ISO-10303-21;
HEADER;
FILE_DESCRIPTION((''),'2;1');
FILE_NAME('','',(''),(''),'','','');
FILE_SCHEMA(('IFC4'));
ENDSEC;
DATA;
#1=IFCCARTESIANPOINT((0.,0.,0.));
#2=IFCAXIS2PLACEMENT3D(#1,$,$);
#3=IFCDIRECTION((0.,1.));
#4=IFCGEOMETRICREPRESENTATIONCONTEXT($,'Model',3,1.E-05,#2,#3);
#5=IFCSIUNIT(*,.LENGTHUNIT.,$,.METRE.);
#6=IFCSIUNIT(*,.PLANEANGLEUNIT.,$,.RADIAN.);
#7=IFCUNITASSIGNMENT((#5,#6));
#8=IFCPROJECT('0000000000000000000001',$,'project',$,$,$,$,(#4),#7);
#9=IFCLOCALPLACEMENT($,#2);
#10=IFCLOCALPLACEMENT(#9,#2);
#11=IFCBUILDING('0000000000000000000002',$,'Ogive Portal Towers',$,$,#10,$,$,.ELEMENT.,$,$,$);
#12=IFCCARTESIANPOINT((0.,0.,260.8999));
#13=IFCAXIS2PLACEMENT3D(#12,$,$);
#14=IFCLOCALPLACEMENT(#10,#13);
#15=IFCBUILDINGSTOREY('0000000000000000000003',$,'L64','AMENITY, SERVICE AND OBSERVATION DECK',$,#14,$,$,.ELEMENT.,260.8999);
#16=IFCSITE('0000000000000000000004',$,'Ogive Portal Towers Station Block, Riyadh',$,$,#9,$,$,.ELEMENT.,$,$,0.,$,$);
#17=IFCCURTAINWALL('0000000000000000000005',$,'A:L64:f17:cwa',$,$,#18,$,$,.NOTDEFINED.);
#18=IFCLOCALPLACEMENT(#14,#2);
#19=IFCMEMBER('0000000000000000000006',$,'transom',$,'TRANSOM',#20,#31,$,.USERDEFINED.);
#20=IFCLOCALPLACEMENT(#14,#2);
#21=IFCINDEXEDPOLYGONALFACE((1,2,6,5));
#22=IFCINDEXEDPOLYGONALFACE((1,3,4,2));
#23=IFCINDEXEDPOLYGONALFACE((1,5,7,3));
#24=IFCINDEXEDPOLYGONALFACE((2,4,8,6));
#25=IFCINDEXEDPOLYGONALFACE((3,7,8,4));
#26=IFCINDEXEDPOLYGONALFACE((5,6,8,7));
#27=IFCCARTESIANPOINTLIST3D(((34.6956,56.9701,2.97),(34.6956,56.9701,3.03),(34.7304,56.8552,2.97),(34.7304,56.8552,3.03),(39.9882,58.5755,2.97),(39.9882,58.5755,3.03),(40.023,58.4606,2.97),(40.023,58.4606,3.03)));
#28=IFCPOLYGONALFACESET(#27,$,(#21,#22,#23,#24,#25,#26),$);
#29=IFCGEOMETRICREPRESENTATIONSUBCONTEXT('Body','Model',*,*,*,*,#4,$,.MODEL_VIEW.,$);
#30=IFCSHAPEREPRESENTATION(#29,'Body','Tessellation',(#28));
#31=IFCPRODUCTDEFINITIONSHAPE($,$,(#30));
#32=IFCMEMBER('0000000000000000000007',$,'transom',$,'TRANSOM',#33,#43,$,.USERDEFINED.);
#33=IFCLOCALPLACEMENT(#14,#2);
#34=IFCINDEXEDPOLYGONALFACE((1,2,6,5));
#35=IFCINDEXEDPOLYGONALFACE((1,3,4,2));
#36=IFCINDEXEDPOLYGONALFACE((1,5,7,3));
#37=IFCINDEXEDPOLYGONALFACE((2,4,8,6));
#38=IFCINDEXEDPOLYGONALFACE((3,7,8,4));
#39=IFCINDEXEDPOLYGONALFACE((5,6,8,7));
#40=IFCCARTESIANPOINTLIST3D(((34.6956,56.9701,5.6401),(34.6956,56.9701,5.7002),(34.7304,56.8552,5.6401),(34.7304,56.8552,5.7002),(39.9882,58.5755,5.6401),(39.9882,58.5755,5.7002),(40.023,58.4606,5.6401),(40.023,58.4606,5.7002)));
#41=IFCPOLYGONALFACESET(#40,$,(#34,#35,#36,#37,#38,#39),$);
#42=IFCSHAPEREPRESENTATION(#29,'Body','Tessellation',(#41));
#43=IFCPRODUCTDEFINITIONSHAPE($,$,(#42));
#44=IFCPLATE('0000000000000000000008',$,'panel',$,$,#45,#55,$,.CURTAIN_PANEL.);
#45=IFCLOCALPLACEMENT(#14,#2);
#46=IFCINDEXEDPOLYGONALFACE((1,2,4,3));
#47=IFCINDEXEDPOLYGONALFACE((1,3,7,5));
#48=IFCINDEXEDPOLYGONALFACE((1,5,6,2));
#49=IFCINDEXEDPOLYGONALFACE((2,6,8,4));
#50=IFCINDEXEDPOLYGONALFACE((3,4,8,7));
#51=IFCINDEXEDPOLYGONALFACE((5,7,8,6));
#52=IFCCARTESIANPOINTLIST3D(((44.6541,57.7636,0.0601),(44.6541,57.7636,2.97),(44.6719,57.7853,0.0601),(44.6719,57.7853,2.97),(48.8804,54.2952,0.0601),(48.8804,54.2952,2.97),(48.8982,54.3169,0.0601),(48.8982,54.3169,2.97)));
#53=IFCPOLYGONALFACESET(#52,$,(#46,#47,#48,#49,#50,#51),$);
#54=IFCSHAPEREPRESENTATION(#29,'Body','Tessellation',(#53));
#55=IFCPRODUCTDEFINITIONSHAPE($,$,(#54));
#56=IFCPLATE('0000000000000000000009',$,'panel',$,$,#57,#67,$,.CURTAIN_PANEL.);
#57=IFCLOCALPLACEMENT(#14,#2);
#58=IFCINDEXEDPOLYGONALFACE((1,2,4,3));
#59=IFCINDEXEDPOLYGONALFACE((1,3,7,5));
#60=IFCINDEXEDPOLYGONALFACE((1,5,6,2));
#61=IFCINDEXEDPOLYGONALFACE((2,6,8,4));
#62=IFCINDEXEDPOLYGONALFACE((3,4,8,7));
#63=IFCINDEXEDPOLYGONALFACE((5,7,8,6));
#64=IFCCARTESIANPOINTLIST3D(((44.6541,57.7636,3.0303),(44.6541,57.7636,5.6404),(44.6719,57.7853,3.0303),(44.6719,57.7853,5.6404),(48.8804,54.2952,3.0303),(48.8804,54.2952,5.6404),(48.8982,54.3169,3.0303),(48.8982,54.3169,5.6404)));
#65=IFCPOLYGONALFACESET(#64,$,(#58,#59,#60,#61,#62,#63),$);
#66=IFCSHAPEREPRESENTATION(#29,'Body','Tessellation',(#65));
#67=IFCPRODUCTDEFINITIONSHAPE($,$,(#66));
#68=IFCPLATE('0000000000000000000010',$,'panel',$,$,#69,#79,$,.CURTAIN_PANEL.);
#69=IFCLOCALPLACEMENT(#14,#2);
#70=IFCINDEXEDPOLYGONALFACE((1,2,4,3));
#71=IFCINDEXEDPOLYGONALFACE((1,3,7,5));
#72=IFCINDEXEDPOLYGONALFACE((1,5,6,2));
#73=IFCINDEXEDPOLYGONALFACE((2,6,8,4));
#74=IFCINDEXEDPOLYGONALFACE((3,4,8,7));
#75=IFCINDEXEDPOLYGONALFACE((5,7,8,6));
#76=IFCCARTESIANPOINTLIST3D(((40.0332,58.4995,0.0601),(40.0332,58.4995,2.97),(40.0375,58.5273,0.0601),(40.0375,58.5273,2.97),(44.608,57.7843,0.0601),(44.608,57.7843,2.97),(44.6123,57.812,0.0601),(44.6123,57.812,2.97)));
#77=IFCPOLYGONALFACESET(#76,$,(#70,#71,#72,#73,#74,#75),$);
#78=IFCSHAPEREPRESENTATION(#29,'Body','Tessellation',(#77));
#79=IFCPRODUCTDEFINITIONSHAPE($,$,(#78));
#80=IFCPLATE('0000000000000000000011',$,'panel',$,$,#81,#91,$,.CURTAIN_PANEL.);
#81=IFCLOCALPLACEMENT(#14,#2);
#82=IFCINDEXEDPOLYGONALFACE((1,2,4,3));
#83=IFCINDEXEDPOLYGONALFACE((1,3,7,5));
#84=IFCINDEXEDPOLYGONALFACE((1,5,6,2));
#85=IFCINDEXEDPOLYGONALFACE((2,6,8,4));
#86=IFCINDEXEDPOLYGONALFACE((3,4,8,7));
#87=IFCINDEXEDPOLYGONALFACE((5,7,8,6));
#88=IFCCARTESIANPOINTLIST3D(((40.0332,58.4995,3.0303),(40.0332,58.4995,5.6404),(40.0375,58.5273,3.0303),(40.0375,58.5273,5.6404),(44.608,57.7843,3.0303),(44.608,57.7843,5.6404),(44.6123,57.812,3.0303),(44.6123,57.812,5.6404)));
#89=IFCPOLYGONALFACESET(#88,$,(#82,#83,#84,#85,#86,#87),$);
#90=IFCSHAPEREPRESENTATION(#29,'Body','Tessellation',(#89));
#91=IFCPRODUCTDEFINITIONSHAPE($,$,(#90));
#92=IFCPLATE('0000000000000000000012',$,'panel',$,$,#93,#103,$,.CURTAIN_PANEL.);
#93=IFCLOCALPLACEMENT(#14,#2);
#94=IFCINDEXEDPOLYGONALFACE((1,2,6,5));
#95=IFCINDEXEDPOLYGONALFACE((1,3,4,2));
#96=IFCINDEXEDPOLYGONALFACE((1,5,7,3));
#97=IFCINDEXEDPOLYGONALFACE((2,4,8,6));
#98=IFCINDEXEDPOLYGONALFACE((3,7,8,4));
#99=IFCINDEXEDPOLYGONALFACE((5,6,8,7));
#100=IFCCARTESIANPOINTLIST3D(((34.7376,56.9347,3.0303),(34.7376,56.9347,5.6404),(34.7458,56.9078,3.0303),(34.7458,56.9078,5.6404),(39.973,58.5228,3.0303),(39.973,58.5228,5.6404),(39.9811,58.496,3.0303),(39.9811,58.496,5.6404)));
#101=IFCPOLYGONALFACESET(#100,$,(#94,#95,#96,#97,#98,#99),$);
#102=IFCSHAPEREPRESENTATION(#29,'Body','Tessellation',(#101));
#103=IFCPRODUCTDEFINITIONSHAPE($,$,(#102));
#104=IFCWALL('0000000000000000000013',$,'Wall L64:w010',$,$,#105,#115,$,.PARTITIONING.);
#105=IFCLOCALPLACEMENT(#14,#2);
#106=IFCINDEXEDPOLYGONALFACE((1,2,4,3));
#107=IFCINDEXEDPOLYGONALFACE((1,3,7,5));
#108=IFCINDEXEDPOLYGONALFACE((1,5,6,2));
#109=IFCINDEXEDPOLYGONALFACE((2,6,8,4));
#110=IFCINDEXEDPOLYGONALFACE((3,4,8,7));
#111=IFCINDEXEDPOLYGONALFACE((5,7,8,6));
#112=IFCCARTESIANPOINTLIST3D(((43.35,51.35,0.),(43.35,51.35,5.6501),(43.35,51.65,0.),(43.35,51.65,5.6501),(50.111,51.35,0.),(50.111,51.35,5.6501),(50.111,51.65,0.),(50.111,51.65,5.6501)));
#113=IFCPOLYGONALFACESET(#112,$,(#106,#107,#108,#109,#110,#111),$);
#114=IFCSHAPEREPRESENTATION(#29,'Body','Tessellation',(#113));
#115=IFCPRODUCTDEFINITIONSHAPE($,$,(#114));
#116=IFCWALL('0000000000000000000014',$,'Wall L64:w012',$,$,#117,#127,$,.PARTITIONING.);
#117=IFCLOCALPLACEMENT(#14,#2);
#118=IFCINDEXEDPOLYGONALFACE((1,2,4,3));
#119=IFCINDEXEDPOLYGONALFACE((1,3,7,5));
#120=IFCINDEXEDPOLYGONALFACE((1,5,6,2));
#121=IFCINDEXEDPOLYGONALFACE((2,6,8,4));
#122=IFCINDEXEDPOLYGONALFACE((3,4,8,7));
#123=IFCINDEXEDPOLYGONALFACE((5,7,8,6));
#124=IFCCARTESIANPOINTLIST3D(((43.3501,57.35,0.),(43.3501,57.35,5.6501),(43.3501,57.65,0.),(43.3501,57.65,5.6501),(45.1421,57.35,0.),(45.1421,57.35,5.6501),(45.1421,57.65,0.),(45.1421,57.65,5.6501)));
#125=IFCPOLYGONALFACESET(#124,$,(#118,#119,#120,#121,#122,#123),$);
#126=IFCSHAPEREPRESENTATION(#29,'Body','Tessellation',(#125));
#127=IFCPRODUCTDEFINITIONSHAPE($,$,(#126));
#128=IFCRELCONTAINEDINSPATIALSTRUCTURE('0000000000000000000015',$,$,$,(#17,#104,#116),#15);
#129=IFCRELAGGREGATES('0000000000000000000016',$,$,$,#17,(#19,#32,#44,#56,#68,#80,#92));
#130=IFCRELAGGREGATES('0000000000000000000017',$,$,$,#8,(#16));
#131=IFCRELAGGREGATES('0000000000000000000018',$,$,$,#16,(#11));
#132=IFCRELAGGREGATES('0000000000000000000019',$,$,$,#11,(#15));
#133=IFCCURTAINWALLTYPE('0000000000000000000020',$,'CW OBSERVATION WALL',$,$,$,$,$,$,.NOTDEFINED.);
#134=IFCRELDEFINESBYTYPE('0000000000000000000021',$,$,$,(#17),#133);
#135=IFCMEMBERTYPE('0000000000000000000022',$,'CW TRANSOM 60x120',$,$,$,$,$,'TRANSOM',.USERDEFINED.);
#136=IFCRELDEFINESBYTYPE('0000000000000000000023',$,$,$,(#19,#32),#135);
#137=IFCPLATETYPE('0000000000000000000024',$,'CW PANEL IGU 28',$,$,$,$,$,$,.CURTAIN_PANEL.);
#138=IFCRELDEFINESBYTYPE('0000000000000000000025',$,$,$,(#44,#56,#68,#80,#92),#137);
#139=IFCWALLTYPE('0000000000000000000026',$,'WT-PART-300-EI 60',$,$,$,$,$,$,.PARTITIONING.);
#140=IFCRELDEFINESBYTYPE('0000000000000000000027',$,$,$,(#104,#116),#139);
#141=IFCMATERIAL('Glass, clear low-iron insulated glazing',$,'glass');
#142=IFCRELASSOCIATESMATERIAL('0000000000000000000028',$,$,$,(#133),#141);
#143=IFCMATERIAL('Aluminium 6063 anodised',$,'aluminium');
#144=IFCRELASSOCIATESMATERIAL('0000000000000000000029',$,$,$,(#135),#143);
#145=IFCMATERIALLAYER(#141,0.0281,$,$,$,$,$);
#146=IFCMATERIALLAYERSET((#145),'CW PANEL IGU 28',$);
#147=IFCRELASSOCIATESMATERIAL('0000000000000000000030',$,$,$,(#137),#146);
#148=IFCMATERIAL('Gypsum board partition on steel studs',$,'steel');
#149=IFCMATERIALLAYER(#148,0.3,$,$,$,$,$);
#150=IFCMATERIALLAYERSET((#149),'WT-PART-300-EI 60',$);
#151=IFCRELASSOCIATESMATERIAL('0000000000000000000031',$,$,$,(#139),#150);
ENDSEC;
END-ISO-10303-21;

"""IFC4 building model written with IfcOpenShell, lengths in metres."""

from ifc_helpers import new_model, si_unit, direction, frame, frame_2d, origin, origin_2d, place, context, subcontext, project, spatial, rectangle, extrude, material, layer, layer_set, material_profile, profile_set, type_object, element, aggregate, save


model = new_model("IFC4")

# Units and contexts
model_context = context("Model", 3, precision=1e-05, world=origin(), true_north=direction((0.0, 1.0)))
body_context = subcontext(model_context, "Body", "Model", "MODEL_VIEW")
ifc_project = project(units=[si_unit("LENGTHUNIT", "METRE"), si_unit("PLANEANGLEUNIT", "RADIAN")], contexts=[model_context])

# Site, building, storey
site_placement = place(None, origin())
site = spatial("IfcSite", under=ifc_project, at=site_placement, Name="Ogive Portal Towers Station Block, Riyadh", CompositionType="ELEMENT", RefElevation=0.0)
building_placement = place(site_placement, origin())
building = spatial("IfcBuilding", under=site, at=building_placement, Name="Ogive Portal Towers", CompositionType="ELEMENT")
storey_placement = place(building_placement, frame((0.0, 0.0, 260.8999)))
storey = spatial("IfcBuildingStorey", under=building, at=storey_placement, Name="L64", Description="AMENITY, SERVICE AND OBSERVATION DECK", CompositionType="ELEMENT", Elevation=260.8999)

# Curtain wall, members, plates
ifc_material_1 = material(Name="Glass, clear low-iron insulated glazing", Category="glass")
curtain_wall_type = type_object("IfcCurtainWallType", Name="CW OBSERVATION WALL", PredefinedType="NOTDEFINED", material=ifc_material_1)
curtain_wall_placement = place(storey_placement, origin())
curtain_wall = element("IfcCurtainWall", 1, at=curtain_wall_placement, inside=storey, type_object=curtain_wall_type, Name="A:L64:f17:cwa", PredefinedType="NOTDEFINED")
ifc_material_2 = material(Name="Aluminium 6063 anodised", Category="aluminium")
ifc_material_profile_1 = material_profile(ifc_material_2, rectangle(XDim=0.1201, YDim=0.0601, at=origin_2d()), Name="AL 120x60")
ifc_profile_set_1 = profile_set([ifc_material_profile_1], Name="Aluminium 6063 anodised")
member_type_1 = type_object("IfcMemberType", Name="CW TRANSOM 60x120", ElementType="TRANSOM", PredefinedType="USERDEFINED", material=ifc_profile_set_1)
member_1_placement = place(storey_placement, frame((40.0056, 58.5181, 3.0), z_axis=(-0.956943, -0.290274, 0.0), x_axis=(0.290274, -0.956943, 0.0)))
member_1 = element("IfcMember", 2, at=member_1_placement, type_object=member_type_1, Name="transom", ObjectType="TRANSOM", PredefinedType="USERDEFINED", context=body_context, shape_type="SweptSolid", body=[
    extrude(rectangle(XDim=0.1201, YDim=0.0601, at=origin_2d()), origin(), (0.0, 0.0, 1.0), 5.5308),
])
member_2_placement = place(storey_placement, frame((40.0056, 58.5181, 5.6702), z_axis=(-0.956943, -0.290274, 0.0), x_axis=(0.290274, -0.956943, 0.0)))
member_2 = element("IfcMember", 3, at=member_2_placement, type_object=member_type_1, Name="transom", ObjectType="TRANSOM", PredefinedType="USERDEFINED", context=body_context, shape_type="SweptSolid", body=[
    extrude(rectangle(XDim=0.1201, YDim=0.0601, at=origin_2d()), origin(), (0.0, 0.0, 1.0), 5.5308),
])
ifc_layer_1 = layer(ifc_material_1, 0.0281)
ifc_layer_set_1 = layer_set([ifc_layer_1], Name="CW PANEL IGU 28")
plate_type = type_object("IfcPlateType", Name="CW PANEL IGU 28", PredefinedType="CURTAIN_PANEL", material=ifc_layer_set_1)
plate_1_placement = place(storey_placement, frame((46.7761, 56.0403, 0.0601), z_axis=(0.0, 0.0, 1.0), x_axis=(-0.77301, 0.634393, 0.0)))
plate_1 = element("IfcPlate", 4, at=plate_1_placement, type_object=plate_type, Name="panel", PredefinedType="CURTAIN_PANEL", context=body_context, shape_type="SweptSolid", body=[
    extrude(rectangle(XDim=5.4673, YDim=0.0281, at=origin_2d()), origin(), (0.0, 0.0, 1.0), 2.9099),
])
plate_2_placement = place(storey_placement, frame((46.7761, 56.0403, 3.0303), z_axis=(0.0, 0.0, 1.0), x_axis=(-0.77301, 0.634393, 0.0)))
plate_2 = element("IfcPlate", 5, at=plate_2_placement, type_object=plate_type, Name="panel", PredefinedType="CURTAIN_PANEL", context=body_context, shape_type="SweptSolid", body=[
    extrude(rectangle(XDim=5.4673, YDim=0.0281, at=origin_2d()), origin(), (0.0, 0.0, 1.0), 2.6101),
])
plate_3_placement = place(storey_placement, frame((42.3228, 58.1558, 0.0601), z_axis=(0.0, 0.0, 1.0), x_axis=(-0.987997, 0.154476, 0.0)))
plate_3 = element("IfcPlate", 6, at=plate_3_placement, type_object=plate_type, Name="panel", PredefinedType="CURTAIN_PANEL", context=body_context, shape_type="SweptSolid", body=[
    extrude(rectangle(XDim=4.6304, YDim=0.0281, at=origin_2d()), origin(), (0.0, 0.0, 1.0), 2.9099),
])
plate_4_placement = place(storey_placement, frame((42.3228, 58.1558, 3.0303), z_axis=(0.0, 0.0, 1.0), x_axis=(-0.987997, 0.154476, 0.0)))
plate_4 = element("IfcPlate", 7, at=plate_4_placement, type_object=plate_type, Name="panel", PredefinedType="CURTAIN_PANEL", context=body_context, shape_type="SweptSolid", body=[
    extrude(rectangle(XDim=4.6304, YDim=0.0281, at=origin_2d()), origin(), (0.0, 0.0, 1.0), 2.6101),
])
plate_5_placement = place(storey_placement, frame((37.3594, 57.7153, 3.0303), z_axis=(0.0, 0.0, 1.0), x_axis=(-0.95694, -0.290285, 0.0)))
plate_5 = element("IfcPlate", 8, at=plate_5_placement, type_object=plate_type, Name="panel", PredefinedType="CURTAIN_PANEL", context=body_context, shape_type="SweptSolid", body=[
    extrude(rectangle(XDim=5.4709, YDim=0.0281, at=origin_2d()), origin(), (0.0, 0.0, 1.0), 2.6101),
])
aggregate(curtain_wall, [member_1, member_2, plate_1, plate_2, plate_3, plate_4, plate_5])

# Walls
ifc_material_3 = material(Name="Gypsum board partition on steel studs", Category="steel")
ifc_layer_2 = layer(ifc_material_3, 0.3)
ifc_layer_set_2 = layer_set([ifc_layer_2], Name="WT-PART-300-EI 60")
wall_type = type_object("IfcWallType", Name="WT-PART-300-EI 60", PredefinedType="PARTITIONING", material=ifc_layer_set_2)
wall_1_placement = place(storey_placement, frame((43.3501, 51.5, 0.0), z_axis=(0.0, 0.0, 1.0), x_axis=(1.0, 0.0, 0.0)))
element("IfcWall", 9, at=wall_1_placement, inside=storey, type_object=wall_type, Name="Wall L64:w010", PredefinedType="PARTITIONING", context=body_context, shape_type="SweptSolid", body=[
    extrude(rectangle(XDim=6.761, YDim=0.3, at=frame_2d((3.3804, 0.0))), origin(), (0.0, 0.0, 1.0), 5.6501),
])
wall_2_placement = place(storey_placement, frame((43.3501, 57.5, 0.0), z_axis=(0.0, 0.0, 1.0), x_axis=(1.0, 0.0, 0.0)))
element("IfcWall", 10, at=wall_2_placement, inside=storey, type_object=wall_type, Name="Wall L64:w012", PredefinedType="PARTITIONING", context=body_context, shape_type="SweptSolid", body=[
    extrude(rectangle(XDim=1.792, YDim=0.3, at=frame_2d((0.896, 0.0))), origin(), (0.0, 0.0, 1.0), 5.6501),
])

save(model, "model.ifc")
